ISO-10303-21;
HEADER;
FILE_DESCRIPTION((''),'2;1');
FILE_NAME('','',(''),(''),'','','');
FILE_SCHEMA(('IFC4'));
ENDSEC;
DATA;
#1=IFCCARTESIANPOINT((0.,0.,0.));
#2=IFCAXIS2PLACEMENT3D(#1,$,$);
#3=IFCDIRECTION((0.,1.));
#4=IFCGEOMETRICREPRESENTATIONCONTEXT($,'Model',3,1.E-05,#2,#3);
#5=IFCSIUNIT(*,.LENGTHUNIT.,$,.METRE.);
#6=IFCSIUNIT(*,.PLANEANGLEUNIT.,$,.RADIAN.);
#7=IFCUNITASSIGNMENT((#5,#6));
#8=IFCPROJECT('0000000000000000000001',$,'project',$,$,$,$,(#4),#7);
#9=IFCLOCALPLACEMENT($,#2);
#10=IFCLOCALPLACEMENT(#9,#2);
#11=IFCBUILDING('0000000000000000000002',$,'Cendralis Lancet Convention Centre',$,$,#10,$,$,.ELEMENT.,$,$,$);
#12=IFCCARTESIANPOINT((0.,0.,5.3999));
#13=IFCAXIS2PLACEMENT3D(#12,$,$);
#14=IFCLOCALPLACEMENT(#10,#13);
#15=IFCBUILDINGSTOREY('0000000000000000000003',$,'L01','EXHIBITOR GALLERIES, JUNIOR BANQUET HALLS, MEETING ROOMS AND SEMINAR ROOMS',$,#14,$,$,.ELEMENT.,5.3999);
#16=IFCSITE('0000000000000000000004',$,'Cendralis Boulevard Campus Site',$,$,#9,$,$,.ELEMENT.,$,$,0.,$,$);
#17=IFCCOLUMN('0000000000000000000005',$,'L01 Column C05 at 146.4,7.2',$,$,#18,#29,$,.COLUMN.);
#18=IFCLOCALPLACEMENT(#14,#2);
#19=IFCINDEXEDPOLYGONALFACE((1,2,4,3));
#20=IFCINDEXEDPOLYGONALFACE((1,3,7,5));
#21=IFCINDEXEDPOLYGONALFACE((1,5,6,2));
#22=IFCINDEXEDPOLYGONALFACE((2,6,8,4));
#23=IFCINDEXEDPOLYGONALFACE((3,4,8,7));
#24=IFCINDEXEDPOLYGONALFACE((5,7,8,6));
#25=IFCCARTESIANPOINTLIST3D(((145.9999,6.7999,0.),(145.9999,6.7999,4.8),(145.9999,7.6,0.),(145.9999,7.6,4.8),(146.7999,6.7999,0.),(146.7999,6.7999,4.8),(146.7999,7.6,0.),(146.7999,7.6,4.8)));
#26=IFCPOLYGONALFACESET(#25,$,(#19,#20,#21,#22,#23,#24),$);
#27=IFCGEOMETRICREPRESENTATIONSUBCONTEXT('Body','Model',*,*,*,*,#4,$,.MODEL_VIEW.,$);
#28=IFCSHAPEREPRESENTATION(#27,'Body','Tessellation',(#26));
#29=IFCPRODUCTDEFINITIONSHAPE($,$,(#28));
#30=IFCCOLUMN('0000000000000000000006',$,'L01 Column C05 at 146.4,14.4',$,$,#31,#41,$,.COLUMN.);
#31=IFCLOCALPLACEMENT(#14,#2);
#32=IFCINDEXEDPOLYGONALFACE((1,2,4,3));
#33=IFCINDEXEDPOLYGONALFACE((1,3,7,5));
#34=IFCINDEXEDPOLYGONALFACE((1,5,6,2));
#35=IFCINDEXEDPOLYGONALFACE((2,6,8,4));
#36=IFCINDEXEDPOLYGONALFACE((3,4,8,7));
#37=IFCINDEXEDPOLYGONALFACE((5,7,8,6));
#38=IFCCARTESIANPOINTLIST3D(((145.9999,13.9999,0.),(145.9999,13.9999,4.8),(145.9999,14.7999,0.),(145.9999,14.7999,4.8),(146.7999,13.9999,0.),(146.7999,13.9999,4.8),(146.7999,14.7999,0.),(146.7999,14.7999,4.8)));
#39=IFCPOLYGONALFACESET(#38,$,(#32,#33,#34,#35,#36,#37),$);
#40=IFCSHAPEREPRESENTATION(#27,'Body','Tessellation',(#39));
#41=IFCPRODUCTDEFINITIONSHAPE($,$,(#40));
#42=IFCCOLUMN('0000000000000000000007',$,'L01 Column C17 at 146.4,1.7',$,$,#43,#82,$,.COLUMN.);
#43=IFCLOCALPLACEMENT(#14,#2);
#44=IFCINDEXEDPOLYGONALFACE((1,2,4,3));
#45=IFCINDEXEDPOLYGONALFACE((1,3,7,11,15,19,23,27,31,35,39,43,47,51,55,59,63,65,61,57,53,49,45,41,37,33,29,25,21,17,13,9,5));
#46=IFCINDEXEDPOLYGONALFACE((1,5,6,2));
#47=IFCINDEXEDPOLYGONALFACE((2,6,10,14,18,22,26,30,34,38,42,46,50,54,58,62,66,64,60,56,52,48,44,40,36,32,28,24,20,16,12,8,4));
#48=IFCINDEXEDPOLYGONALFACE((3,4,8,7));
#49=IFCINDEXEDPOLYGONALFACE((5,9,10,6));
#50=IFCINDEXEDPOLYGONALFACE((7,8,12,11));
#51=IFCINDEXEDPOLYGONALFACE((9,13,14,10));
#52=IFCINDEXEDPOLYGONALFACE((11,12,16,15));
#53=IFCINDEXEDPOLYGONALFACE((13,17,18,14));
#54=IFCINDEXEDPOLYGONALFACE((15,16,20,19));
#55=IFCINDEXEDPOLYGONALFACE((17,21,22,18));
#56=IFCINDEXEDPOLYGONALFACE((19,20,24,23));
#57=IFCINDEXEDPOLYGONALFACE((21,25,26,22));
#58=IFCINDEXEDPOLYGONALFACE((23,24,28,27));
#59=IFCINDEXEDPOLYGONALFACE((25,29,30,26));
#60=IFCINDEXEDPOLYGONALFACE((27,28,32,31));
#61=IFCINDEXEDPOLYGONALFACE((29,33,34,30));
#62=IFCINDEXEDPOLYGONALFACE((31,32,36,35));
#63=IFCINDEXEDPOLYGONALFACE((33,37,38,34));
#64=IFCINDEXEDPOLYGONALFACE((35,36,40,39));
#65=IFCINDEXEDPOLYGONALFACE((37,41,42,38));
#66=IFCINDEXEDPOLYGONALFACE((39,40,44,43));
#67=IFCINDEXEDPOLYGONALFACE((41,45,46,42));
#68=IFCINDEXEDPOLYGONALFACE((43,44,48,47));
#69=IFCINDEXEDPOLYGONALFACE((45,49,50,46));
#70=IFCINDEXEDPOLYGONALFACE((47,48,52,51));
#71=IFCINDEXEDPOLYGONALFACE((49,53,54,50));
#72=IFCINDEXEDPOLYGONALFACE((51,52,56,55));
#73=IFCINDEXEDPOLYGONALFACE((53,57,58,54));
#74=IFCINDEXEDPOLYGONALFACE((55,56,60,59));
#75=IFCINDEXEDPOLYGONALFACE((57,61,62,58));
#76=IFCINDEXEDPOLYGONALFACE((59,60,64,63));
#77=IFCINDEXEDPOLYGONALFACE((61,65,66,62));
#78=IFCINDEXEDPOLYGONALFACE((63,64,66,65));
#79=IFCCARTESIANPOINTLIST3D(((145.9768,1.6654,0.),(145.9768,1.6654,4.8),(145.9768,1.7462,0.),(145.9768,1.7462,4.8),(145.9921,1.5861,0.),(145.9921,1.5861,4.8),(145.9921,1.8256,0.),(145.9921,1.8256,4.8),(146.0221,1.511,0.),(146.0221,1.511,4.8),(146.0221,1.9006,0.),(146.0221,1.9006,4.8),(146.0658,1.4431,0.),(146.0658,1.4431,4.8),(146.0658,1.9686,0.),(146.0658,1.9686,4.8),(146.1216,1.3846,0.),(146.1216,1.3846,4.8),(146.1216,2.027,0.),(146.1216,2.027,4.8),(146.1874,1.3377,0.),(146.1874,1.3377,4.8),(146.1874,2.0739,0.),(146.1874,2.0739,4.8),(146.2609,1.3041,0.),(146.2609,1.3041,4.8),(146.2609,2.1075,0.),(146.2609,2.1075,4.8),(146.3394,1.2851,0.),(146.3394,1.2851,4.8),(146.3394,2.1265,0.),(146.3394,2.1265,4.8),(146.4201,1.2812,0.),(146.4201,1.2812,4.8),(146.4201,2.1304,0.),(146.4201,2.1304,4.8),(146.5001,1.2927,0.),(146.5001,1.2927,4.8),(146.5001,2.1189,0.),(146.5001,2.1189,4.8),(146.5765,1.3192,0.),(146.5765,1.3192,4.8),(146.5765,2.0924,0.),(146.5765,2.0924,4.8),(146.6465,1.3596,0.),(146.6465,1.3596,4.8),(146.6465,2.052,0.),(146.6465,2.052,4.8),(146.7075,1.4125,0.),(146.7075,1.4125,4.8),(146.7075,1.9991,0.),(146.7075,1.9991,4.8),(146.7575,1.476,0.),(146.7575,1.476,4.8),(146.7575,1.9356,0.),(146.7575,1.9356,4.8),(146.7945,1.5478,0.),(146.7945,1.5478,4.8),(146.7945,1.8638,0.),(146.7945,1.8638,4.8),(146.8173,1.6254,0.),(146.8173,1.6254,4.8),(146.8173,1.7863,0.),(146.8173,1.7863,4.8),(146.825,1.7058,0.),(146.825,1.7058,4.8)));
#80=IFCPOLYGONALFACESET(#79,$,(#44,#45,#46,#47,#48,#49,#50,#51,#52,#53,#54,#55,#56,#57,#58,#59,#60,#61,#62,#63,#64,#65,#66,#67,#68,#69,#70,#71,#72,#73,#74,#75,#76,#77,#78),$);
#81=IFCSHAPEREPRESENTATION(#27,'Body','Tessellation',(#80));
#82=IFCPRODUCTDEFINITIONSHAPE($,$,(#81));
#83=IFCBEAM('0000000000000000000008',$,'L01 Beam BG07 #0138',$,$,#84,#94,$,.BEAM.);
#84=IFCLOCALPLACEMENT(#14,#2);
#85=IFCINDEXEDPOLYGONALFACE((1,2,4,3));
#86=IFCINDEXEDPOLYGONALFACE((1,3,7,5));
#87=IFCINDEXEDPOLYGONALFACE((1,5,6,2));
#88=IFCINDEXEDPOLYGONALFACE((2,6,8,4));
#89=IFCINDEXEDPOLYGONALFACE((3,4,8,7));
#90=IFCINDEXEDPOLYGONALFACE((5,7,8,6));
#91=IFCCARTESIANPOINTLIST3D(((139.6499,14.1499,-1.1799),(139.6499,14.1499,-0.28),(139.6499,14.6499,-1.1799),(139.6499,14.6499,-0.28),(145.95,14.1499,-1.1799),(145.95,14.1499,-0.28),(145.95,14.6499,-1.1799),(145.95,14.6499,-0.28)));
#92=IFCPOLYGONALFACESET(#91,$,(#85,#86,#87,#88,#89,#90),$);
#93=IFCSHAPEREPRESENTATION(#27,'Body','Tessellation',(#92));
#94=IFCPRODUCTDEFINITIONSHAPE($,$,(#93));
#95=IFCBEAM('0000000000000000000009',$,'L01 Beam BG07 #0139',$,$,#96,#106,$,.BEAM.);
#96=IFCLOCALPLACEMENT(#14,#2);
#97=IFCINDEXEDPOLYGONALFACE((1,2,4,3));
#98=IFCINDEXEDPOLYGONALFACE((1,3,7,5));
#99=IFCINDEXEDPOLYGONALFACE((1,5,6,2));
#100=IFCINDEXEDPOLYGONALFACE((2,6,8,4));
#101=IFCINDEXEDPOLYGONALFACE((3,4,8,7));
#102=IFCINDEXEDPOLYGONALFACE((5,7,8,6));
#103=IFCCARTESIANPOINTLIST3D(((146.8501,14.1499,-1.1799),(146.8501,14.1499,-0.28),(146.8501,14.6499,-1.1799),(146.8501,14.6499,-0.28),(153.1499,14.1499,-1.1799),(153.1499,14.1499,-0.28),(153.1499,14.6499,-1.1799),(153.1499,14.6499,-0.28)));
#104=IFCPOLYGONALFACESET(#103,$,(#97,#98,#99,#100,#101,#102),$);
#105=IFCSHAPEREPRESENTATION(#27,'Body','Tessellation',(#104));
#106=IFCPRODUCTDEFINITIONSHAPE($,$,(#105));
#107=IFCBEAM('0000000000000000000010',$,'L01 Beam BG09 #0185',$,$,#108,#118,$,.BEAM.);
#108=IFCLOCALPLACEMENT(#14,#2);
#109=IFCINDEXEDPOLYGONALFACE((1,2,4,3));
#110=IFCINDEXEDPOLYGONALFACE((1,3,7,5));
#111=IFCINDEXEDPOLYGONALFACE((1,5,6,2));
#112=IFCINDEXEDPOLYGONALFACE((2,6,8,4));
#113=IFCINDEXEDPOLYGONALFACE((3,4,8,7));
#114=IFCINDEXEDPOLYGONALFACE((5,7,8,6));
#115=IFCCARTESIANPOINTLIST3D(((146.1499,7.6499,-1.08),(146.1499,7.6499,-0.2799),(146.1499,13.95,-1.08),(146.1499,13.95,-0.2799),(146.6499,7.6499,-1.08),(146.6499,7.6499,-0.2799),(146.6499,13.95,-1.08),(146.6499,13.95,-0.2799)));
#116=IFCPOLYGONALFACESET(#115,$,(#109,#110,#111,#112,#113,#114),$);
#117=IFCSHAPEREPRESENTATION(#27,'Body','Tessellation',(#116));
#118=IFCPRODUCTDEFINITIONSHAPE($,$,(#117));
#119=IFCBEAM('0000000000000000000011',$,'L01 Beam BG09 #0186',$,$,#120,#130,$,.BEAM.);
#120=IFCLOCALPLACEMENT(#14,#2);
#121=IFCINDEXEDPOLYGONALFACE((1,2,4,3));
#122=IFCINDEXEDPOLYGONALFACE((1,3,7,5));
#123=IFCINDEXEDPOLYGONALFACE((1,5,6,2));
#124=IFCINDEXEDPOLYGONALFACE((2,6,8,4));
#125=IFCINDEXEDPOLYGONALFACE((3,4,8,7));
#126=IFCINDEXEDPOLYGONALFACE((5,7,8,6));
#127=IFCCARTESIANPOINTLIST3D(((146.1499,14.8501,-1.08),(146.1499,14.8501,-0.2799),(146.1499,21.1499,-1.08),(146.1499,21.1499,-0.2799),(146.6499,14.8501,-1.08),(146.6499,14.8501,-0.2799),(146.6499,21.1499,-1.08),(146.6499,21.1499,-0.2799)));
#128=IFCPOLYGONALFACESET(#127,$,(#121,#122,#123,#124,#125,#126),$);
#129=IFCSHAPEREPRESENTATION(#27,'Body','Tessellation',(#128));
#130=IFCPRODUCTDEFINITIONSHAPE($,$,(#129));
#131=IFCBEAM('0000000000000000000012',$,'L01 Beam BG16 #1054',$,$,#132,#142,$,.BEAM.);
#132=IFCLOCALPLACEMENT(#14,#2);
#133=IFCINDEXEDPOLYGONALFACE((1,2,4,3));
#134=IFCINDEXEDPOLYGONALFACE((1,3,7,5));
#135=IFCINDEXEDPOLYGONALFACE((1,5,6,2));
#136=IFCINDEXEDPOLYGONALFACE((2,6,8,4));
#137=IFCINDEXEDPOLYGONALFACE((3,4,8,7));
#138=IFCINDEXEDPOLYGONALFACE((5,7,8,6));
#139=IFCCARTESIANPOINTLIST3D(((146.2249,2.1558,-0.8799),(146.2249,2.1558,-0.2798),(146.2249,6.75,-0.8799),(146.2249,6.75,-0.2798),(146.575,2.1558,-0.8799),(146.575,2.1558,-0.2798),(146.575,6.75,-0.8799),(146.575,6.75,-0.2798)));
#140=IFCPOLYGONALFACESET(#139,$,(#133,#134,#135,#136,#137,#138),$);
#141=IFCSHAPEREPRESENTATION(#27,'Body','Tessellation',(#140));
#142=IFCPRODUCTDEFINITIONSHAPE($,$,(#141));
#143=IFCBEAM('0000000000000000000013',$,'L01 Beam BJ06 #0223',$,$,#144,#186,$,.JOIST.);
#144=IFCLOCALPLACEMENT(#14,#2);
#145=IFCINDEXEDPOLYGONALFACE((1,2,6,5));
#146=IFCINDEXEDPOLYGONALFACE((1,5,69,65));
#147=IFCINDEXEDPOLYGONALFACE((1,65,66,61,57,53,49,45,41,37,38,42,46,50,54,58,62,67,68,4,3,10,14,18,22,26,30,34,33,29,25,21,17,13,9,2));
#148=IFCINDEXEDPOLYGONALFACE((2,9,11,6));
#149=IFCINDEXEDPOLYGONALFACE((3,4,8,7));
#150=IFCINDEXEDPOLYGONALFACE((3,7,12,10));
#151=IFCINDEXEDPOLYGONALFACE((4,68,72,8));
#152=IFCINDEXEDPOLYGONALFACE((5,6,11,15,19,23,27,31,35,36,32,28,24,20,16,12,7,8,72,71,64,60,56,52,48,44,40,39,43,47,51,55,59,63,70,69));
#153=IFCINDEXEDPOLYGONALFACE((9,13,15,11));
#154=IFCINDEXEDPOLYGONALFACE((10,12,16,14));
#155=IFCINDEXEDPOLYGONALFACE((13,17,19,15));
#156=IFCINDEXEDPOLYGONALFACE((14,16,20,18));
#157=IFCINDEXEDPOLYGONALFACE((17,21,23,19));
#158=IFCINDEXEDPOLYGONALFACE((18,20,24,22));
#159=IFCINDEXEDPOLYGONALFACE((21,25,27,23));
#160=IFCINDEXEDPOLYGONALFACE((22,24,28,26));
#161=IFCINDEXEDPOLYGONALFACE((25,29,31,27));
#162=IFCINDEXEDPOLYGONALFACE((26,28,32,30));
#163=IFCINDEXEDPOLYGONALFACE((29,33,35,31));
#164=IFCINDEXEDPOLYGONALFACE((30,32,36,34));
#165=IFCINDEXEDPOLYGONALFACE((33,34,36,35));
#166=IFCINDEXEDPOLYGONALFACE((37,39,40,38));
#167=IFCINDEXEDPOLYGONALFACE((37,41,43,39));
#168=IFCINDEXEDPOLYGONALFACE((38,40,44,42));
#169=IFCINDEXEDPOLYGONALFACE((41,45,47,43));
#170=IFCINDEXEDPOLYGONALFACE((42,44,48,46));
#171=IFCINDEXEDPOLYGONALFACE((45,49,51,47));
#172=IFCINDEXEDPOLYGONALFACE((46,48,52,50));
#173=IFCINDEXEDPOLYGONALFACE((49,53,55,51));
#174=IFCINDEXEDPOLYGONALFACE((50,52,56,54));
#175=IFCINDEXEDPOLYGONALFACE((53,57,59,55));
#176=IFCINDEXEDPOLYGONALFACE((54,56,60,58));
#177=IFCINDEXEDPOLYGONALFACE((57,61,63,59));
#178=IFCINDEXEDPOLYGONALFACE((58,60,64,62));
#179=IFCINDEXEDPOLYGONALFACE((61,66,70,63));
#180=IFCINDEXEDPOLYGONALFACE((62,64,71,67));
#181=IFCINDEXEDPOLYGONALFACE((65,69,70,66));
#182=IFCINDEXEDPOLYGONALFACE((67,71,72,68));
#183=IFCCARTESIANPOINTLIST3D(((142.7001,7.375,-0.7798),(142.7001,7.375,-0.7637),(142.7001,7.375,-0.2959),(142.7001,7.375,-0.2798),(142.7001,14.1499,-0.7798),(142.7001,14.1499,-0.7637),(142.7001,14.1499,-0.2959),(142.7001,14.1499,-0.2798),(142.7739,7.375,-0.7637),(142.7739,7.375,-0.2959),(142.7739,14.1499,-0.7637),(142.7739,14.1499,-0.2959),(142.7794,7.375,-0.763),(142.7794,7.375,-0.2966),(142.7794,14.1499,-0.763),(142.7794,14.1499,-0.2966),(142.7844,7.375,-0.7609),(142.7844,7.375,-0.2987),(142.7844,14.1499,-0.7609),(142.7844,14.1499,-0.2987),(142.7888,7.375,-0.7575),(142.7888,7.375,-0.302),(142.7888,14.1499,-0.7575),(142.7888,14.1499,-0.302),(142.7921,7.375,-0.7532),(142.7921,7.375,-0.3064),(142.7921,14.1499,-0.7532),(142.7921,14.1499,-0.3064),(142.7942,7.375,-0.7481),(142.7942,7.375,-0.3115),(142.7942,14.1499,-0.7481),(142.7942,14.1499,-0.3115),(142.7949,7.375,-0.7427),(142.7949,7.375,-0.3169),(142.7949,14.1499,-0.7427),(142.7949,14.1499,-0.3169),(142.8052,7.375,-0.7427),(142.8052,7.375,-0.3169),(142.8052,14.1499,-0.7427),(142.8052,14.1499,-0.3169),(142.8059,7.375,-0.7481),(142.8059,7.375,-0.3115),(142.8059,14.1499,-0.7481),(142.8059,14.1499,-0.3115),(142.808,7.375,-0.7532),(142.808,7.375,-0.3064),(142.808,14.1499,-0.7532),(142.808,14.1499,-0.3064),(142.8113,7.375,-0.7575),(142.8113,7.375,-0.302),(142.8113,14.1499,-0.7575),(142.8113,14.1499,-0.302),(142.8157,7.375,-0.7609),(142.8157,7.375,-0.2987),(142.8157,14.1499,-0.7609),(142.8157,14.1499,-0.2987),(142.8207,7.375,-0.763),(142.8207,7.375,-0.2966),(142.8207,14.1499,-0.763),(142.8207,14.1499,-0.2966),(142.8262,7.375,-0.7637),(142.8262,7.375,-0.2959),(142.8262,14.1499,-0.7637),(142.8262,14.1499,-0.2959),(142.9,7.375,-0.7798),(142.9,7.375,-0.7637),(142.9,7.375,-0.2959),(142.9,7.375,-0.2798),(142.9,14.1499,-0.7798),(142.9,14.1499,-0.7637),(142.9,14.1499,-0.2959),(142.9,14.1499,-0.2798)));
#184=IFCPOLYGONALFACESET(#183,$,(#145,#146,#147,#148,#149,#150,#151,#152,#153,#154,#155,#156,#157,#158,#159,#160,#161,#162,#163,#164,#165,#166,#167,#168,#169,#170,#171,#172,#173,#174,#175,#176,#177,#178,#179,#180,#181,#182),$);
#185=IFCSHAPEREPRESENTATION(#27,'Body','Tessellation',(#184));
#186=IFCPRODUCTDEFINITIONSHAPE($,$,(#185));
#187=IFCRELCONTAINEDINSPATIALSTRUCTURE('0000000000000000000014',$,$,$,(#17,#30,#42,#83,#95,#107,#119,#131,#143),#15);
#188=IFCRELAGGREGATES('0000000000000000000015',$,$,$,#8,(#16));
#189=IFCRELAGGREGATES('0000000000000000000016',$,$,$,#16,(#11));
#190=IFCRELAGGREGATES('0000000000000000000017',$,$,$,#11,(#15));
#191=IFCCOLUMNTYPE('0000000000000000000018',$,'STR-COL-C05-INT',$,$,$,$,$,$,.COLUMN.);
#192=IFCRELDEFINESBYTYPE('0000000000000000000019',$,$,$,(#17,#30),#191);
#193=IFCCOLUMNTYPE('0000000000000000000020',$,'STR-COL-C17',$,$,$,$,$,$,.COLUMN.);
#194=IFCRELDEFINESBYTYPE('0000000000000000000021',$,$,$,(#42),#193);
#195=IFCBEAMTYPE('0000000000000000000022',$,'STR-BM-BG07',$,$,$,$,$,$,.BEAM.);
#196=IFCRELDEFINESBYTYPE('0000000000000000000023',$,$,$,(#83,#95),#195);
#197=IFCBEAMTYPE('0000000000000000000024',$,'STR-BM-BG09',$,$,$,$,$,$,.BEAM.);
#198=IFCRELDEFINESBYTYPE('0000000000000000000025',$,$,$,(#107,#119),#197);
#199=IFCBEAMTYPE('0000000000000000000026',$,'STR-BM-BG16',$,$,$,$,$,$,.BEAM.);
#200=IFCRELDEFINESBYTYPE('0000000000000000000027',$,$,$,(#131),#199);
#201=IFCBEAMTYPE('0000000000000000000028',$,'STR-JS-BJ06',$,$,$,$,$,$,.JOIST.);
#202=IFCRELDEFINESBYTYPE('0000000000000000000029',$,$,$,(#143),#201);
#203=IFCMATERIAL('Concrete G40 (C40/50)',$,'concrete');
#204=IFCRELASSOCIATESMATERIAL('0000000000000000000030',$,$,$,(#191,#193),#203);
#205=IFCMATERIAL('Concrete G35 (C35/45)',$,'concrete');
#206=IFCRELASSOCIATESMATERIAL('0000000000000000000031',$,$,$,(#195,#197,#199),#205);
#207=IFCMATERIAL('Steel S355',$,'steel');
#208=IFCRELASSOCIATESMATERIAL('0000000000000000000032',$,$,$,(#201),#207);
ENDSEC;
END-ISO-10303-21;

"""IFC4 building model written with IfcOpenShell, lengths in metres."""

from ifc_helpers import new_model, si_unit, direction, frame, origin, origin_2d, place, context, subcontext, project, spatial, rectangle, circle, i_section, extrude, material, material_profile, profile_set, type_object, element, save


model = new_model("IFC4")

# Units and contexts
model_context = context("Model", 3, precision=1e-05, world=origin(), true_north=direction((0.0, 1.0)))
body_context = subcontext(model_context, "Body", "Model", "MODEL_VIEW")
ifc_project = project(units=[si_unit("LENGTHUNIT", "METRE"), si_unit("PLANEANGLEUNIT", "RADIAN")], contexts=[model_context])

# Site, building, storey
site_placement = place(None, origin())
site = spatial("IfcSite", under=ifc_project, at=site_placement, Name="Cendralis Boulevard Campus Site", CompositionType="ELEMENT", RefElevation=0.0)
building_placement = place(site_placement, origin())
building = spatial("IfcBuilding", under=site, at=building_placement, Name="Cendralis Lancet Convention Centre", CompositionType="ELEMENT")
storey_placement = place(building_placement, frame((0.0, 0.0, 5.3999)))
storey = spatial("IfcBuildingStorey", under=building, at=storey_placement, Name="L01", Description="EXHIBITOR GALLERIES, JUNIOR BANQUET HALLS, MEETING ROOMS AND SEMINAR ROOMS", CompositionType="ELEMENT", Elevation=5.3999)

# Columns
ifc_material_1 = material(Name="Concrete G40 (C40/50)", Category="concrete")
ifc_material_profile_1 = material_profile(ifc_material_1, rectangle(XDim=0.8, YDim=0.8, at=origin_2d()), Name="RC 800x800")
ifc_profile_set_1 = profile_set([ifc_material_profile_1], Name="Concrete G40 (C40/50)")
column_type_1 = type_object("IfcColumnType", Name="STR-COL-C05-INT", PredefinedType="COLUMN", material=ifc_profile_set_1)
for number, where, z_axis, x_axis, name in (
    (1, (146.3999, 7.2, 0.0), (0.0, 0.0, 1.0), (1.0, 0.0, 0.0), "L01 Column C05 at 146.4,7.2"),
    (2, (146.3999, 14.3999, 0.0), (0.0, 0.0, 1.0), (1.0, 0.0, 0.0), "L01 Column C05 at 146.4,14.4"),
):
    element("IfcColumn", number, at=place(storey_placement, frame(where, z_axis=z_axis, x_axis=x_axis)), inside=storey, type_object=column_type_1, Name=name, PredefinedType="COLUMN", context=body_context, shape_type="SweptSolid", body=[
        extrude(rectangle(XDim=0.8, YDim=0.8, at=origin_2d()), origin(), (0.0, 0.0, 1.0), 4.8),
    ])
ifc_material_profile_2 = material_profile(ifc_material_1, circle(Radius=0.425, at=origin_2d()), Name="RC D850")
ifc_profile_set_2 = profile_set([ifc_material_profile_2], Name="Concrete G40 (C40/50)")
column_type_2 = type_object("IfcColumnType", Name="STR-COL-C17", PredefinedType="COLUMN", material=ifc_profile_set_2)
column_placement = place(storey_placement, frame((146.3999, 1.7058, 0.0), z_axis=(0.0, 0.0, 1.0), x_axis=(1.0, 0.0, 0.0)))
element("IfcColumn", 3, at=column_placement, inside=storey, type_object=column_type_2, Name="L01 Column C17 at 146.4,1.7", PredefinedType="COLUMN", context=body_context, shape_type="SweptSolid", body=[
    extrude(circle(Radius=0.425, at=origin_2d()), origin(), (0.0, 0.0, 1.0), 4.8),
])

# Beams
ifc_material_2 = material(Name="Concrete G35 (C35/45)", Category="concrete")
ifc_material_profile_3 = material_profile(ifc_material_2, rectangle(XDim=0.5, YDim=0.8999, at=origin_2d()), Name="RCB 500x900")
ifc_profile_set_3 = profile_set([ifc_material_profile_3], Name="Concrete G35 (C35/45)")
beam_type_1 = type_object("IfcBeamType", Name="STR-BM-BG07", PredefinedType="BEAM", material=ifc_profile_set_3)
beam_1_placement = place(storey_placement, frame((139.6499, 14.3999, -0.73), z_axis=(1.0, 0.0, 0.0), x_axis=(0.0, 1.0, 0.0)))
element("IfcBeam", 4, at=beam_1_placement, inside=storey, type_object=beam_type_1, Name="L01 Beam BG07 #0138", PredefinedType="BEAM", context=body_context, shape_type="SweptSolid", body=[
    extrude(rectangle(XDim=0.5, YDim=0.8999, at=origin_2d()), origin(), (0.0, 0.0, 1.0), 6.3),
])
beam_2_placement = place(storey_placement, frame((146.8501, 14.3999, -0.73), z_axis=(1.0, 0.0, 0.0), x_axis=(0.0, 1.0, 0.0)))
element("IfcBeam", 5, at=beam_2_placement, inside=storey, type_object=beam_type_1, Name="L01 Beam BG07 #0139", PredefinedType="BEAM", context=body_context, shape_type="SweptSolid", body=[
    extrude(rectangle(XDim=0.5, YDim=0.8999, at=origin_2d()), origin(), (0.0, 0.0, 1.0), 6.2998),
])
ifc_material_profile_4 = material_profile(ifc_material_2, rectangle(XDim=0.5, YDim=0.8, at=origin_2d()), Name="RCB 500x800")
ifc_profile_set_4 = profile_set([ifc_material_profile_4], Name="Concrete G35 (C35/45)")
beam_type_2 = type_object("IfcBeamType", Name="STR-BM-BG09", PredefinedType="BEAM", material=ifc_profile_set_4)
beam_3_placement = place(storey_placement, frame((146.3999, 7.6499, -0.6799), z_axis=(0.0, 1.0, 0.0), x_axis=(-1.0, 0.0, 0.0)))
element("IfcBeam", 6, at=beam_3_placement, inside=storey, type_object=beam_type_2, Name="L01 Beam BG09 #0185", PredefinedType="BEAM", context=body_context, shape_type="SweptSolid", body=[
    extrude(rectangle(XDim=0.5, YDim=0.8, at=origin_2d()), origin(), (0.0, 0.0, 1.0), 6.3),
])
beam_4_placement = place(storey_placement, frame((146.3999, 14.8501, -0.6799), z_axis=(0.0, 1.0, 0.0), x_axis=(-1.0, 0.0, 0.0)))
element("IfcBeam", 7, at=beam_4_placement, inside=storey, type_object=beam_type_2, Name="L01 Beam BG09 #0186", PredefinedType="BEAM", context=body_context, shape_type="SweptSolid", body=[
    extrude(rectangle(XDim=0.5, YDim=0.8, at=origin_2d()), origin(), (0.0, 0.0, 1.0), 6.2998),
])
ifc_material_profile_5 = material_profile(ifc_material_2, rectangle(XDim=0.3501, YDim=0.6001, at=origin_2d()), Name="RCB 350x600")
ifc_profile_set_5 = profile_set([ifc_material_profile_5], Name="Concrete G35 (C35/45)")
beam_type_3 = type_object("IfcBeamType", Name="STR-BM-BG16", PredefinedType="BEAM", material=ifc_profile_set_5)
beam_5_placement = place(storey_placement, frame((146.3999, 2.1558, -0.5798), z_axis=(0.0, 1.0, 0.0), x_axis=(-1.0, 0.0, 0.0)))
element("IfcBeam", 8, at=beam_5_placement, inside=storey, type_object=beam_type_3, Name="L01 Beam BG16 #1054", PredefinedType="BEAM", context=body_context, shape_type="SweptSolid", body=[
    extrude(rectangle(XDim=0.3501, YDim=0.6001, at=origin_2d()), origin(), (0.0, 0.0, 1.0), 4.5942),
])
ifc_material_3 = material(Name="Steel S355", Category="steel")
ifc_material_profile_6 = material_profile(ifc_material_3, i_section(OverallWidth=0.2, OverallDepth=0.5, WebThickness=0.0103, FlangeThickness=0.0161, FilletRadius=0.021, at=origin_2d()), Name="IPE 500")
ifc_profile_set_6 = profile_set([ifc_material_profile_6], Name="Steel S355")
beam_type_4 = type_object("IfcBeamType", Name="STR-JS-BJ06", PredefinedType="JOIST", material=ifc_profile_set_6)
beam_6_placement = place(storey_placement, frame((142.8, 7.375, -0.5298), z_axis=(0.0, 1.0, 0.0), x_axis=(-1.0, 0.0, 0.0)))
element("IfcBeam", 9, at=beam_6_placement, inside=storey, type_object=beam_type_4, Name="L01 Beam BJ06 #0223", PredefinedType="JOIST", context=body_context, shape_type="SweptSolid", body=[
    extrude(i_section(OverallWidth=0.2, OverallDepth=0.5, WebThickness=0.0103, FlangeThickness=0.0161, FilletRadius=0.021, at=origin_2d()), origin(), (0.0, 0.0, 1.0), 6.7749),
])

save(model, "model.ifc")
